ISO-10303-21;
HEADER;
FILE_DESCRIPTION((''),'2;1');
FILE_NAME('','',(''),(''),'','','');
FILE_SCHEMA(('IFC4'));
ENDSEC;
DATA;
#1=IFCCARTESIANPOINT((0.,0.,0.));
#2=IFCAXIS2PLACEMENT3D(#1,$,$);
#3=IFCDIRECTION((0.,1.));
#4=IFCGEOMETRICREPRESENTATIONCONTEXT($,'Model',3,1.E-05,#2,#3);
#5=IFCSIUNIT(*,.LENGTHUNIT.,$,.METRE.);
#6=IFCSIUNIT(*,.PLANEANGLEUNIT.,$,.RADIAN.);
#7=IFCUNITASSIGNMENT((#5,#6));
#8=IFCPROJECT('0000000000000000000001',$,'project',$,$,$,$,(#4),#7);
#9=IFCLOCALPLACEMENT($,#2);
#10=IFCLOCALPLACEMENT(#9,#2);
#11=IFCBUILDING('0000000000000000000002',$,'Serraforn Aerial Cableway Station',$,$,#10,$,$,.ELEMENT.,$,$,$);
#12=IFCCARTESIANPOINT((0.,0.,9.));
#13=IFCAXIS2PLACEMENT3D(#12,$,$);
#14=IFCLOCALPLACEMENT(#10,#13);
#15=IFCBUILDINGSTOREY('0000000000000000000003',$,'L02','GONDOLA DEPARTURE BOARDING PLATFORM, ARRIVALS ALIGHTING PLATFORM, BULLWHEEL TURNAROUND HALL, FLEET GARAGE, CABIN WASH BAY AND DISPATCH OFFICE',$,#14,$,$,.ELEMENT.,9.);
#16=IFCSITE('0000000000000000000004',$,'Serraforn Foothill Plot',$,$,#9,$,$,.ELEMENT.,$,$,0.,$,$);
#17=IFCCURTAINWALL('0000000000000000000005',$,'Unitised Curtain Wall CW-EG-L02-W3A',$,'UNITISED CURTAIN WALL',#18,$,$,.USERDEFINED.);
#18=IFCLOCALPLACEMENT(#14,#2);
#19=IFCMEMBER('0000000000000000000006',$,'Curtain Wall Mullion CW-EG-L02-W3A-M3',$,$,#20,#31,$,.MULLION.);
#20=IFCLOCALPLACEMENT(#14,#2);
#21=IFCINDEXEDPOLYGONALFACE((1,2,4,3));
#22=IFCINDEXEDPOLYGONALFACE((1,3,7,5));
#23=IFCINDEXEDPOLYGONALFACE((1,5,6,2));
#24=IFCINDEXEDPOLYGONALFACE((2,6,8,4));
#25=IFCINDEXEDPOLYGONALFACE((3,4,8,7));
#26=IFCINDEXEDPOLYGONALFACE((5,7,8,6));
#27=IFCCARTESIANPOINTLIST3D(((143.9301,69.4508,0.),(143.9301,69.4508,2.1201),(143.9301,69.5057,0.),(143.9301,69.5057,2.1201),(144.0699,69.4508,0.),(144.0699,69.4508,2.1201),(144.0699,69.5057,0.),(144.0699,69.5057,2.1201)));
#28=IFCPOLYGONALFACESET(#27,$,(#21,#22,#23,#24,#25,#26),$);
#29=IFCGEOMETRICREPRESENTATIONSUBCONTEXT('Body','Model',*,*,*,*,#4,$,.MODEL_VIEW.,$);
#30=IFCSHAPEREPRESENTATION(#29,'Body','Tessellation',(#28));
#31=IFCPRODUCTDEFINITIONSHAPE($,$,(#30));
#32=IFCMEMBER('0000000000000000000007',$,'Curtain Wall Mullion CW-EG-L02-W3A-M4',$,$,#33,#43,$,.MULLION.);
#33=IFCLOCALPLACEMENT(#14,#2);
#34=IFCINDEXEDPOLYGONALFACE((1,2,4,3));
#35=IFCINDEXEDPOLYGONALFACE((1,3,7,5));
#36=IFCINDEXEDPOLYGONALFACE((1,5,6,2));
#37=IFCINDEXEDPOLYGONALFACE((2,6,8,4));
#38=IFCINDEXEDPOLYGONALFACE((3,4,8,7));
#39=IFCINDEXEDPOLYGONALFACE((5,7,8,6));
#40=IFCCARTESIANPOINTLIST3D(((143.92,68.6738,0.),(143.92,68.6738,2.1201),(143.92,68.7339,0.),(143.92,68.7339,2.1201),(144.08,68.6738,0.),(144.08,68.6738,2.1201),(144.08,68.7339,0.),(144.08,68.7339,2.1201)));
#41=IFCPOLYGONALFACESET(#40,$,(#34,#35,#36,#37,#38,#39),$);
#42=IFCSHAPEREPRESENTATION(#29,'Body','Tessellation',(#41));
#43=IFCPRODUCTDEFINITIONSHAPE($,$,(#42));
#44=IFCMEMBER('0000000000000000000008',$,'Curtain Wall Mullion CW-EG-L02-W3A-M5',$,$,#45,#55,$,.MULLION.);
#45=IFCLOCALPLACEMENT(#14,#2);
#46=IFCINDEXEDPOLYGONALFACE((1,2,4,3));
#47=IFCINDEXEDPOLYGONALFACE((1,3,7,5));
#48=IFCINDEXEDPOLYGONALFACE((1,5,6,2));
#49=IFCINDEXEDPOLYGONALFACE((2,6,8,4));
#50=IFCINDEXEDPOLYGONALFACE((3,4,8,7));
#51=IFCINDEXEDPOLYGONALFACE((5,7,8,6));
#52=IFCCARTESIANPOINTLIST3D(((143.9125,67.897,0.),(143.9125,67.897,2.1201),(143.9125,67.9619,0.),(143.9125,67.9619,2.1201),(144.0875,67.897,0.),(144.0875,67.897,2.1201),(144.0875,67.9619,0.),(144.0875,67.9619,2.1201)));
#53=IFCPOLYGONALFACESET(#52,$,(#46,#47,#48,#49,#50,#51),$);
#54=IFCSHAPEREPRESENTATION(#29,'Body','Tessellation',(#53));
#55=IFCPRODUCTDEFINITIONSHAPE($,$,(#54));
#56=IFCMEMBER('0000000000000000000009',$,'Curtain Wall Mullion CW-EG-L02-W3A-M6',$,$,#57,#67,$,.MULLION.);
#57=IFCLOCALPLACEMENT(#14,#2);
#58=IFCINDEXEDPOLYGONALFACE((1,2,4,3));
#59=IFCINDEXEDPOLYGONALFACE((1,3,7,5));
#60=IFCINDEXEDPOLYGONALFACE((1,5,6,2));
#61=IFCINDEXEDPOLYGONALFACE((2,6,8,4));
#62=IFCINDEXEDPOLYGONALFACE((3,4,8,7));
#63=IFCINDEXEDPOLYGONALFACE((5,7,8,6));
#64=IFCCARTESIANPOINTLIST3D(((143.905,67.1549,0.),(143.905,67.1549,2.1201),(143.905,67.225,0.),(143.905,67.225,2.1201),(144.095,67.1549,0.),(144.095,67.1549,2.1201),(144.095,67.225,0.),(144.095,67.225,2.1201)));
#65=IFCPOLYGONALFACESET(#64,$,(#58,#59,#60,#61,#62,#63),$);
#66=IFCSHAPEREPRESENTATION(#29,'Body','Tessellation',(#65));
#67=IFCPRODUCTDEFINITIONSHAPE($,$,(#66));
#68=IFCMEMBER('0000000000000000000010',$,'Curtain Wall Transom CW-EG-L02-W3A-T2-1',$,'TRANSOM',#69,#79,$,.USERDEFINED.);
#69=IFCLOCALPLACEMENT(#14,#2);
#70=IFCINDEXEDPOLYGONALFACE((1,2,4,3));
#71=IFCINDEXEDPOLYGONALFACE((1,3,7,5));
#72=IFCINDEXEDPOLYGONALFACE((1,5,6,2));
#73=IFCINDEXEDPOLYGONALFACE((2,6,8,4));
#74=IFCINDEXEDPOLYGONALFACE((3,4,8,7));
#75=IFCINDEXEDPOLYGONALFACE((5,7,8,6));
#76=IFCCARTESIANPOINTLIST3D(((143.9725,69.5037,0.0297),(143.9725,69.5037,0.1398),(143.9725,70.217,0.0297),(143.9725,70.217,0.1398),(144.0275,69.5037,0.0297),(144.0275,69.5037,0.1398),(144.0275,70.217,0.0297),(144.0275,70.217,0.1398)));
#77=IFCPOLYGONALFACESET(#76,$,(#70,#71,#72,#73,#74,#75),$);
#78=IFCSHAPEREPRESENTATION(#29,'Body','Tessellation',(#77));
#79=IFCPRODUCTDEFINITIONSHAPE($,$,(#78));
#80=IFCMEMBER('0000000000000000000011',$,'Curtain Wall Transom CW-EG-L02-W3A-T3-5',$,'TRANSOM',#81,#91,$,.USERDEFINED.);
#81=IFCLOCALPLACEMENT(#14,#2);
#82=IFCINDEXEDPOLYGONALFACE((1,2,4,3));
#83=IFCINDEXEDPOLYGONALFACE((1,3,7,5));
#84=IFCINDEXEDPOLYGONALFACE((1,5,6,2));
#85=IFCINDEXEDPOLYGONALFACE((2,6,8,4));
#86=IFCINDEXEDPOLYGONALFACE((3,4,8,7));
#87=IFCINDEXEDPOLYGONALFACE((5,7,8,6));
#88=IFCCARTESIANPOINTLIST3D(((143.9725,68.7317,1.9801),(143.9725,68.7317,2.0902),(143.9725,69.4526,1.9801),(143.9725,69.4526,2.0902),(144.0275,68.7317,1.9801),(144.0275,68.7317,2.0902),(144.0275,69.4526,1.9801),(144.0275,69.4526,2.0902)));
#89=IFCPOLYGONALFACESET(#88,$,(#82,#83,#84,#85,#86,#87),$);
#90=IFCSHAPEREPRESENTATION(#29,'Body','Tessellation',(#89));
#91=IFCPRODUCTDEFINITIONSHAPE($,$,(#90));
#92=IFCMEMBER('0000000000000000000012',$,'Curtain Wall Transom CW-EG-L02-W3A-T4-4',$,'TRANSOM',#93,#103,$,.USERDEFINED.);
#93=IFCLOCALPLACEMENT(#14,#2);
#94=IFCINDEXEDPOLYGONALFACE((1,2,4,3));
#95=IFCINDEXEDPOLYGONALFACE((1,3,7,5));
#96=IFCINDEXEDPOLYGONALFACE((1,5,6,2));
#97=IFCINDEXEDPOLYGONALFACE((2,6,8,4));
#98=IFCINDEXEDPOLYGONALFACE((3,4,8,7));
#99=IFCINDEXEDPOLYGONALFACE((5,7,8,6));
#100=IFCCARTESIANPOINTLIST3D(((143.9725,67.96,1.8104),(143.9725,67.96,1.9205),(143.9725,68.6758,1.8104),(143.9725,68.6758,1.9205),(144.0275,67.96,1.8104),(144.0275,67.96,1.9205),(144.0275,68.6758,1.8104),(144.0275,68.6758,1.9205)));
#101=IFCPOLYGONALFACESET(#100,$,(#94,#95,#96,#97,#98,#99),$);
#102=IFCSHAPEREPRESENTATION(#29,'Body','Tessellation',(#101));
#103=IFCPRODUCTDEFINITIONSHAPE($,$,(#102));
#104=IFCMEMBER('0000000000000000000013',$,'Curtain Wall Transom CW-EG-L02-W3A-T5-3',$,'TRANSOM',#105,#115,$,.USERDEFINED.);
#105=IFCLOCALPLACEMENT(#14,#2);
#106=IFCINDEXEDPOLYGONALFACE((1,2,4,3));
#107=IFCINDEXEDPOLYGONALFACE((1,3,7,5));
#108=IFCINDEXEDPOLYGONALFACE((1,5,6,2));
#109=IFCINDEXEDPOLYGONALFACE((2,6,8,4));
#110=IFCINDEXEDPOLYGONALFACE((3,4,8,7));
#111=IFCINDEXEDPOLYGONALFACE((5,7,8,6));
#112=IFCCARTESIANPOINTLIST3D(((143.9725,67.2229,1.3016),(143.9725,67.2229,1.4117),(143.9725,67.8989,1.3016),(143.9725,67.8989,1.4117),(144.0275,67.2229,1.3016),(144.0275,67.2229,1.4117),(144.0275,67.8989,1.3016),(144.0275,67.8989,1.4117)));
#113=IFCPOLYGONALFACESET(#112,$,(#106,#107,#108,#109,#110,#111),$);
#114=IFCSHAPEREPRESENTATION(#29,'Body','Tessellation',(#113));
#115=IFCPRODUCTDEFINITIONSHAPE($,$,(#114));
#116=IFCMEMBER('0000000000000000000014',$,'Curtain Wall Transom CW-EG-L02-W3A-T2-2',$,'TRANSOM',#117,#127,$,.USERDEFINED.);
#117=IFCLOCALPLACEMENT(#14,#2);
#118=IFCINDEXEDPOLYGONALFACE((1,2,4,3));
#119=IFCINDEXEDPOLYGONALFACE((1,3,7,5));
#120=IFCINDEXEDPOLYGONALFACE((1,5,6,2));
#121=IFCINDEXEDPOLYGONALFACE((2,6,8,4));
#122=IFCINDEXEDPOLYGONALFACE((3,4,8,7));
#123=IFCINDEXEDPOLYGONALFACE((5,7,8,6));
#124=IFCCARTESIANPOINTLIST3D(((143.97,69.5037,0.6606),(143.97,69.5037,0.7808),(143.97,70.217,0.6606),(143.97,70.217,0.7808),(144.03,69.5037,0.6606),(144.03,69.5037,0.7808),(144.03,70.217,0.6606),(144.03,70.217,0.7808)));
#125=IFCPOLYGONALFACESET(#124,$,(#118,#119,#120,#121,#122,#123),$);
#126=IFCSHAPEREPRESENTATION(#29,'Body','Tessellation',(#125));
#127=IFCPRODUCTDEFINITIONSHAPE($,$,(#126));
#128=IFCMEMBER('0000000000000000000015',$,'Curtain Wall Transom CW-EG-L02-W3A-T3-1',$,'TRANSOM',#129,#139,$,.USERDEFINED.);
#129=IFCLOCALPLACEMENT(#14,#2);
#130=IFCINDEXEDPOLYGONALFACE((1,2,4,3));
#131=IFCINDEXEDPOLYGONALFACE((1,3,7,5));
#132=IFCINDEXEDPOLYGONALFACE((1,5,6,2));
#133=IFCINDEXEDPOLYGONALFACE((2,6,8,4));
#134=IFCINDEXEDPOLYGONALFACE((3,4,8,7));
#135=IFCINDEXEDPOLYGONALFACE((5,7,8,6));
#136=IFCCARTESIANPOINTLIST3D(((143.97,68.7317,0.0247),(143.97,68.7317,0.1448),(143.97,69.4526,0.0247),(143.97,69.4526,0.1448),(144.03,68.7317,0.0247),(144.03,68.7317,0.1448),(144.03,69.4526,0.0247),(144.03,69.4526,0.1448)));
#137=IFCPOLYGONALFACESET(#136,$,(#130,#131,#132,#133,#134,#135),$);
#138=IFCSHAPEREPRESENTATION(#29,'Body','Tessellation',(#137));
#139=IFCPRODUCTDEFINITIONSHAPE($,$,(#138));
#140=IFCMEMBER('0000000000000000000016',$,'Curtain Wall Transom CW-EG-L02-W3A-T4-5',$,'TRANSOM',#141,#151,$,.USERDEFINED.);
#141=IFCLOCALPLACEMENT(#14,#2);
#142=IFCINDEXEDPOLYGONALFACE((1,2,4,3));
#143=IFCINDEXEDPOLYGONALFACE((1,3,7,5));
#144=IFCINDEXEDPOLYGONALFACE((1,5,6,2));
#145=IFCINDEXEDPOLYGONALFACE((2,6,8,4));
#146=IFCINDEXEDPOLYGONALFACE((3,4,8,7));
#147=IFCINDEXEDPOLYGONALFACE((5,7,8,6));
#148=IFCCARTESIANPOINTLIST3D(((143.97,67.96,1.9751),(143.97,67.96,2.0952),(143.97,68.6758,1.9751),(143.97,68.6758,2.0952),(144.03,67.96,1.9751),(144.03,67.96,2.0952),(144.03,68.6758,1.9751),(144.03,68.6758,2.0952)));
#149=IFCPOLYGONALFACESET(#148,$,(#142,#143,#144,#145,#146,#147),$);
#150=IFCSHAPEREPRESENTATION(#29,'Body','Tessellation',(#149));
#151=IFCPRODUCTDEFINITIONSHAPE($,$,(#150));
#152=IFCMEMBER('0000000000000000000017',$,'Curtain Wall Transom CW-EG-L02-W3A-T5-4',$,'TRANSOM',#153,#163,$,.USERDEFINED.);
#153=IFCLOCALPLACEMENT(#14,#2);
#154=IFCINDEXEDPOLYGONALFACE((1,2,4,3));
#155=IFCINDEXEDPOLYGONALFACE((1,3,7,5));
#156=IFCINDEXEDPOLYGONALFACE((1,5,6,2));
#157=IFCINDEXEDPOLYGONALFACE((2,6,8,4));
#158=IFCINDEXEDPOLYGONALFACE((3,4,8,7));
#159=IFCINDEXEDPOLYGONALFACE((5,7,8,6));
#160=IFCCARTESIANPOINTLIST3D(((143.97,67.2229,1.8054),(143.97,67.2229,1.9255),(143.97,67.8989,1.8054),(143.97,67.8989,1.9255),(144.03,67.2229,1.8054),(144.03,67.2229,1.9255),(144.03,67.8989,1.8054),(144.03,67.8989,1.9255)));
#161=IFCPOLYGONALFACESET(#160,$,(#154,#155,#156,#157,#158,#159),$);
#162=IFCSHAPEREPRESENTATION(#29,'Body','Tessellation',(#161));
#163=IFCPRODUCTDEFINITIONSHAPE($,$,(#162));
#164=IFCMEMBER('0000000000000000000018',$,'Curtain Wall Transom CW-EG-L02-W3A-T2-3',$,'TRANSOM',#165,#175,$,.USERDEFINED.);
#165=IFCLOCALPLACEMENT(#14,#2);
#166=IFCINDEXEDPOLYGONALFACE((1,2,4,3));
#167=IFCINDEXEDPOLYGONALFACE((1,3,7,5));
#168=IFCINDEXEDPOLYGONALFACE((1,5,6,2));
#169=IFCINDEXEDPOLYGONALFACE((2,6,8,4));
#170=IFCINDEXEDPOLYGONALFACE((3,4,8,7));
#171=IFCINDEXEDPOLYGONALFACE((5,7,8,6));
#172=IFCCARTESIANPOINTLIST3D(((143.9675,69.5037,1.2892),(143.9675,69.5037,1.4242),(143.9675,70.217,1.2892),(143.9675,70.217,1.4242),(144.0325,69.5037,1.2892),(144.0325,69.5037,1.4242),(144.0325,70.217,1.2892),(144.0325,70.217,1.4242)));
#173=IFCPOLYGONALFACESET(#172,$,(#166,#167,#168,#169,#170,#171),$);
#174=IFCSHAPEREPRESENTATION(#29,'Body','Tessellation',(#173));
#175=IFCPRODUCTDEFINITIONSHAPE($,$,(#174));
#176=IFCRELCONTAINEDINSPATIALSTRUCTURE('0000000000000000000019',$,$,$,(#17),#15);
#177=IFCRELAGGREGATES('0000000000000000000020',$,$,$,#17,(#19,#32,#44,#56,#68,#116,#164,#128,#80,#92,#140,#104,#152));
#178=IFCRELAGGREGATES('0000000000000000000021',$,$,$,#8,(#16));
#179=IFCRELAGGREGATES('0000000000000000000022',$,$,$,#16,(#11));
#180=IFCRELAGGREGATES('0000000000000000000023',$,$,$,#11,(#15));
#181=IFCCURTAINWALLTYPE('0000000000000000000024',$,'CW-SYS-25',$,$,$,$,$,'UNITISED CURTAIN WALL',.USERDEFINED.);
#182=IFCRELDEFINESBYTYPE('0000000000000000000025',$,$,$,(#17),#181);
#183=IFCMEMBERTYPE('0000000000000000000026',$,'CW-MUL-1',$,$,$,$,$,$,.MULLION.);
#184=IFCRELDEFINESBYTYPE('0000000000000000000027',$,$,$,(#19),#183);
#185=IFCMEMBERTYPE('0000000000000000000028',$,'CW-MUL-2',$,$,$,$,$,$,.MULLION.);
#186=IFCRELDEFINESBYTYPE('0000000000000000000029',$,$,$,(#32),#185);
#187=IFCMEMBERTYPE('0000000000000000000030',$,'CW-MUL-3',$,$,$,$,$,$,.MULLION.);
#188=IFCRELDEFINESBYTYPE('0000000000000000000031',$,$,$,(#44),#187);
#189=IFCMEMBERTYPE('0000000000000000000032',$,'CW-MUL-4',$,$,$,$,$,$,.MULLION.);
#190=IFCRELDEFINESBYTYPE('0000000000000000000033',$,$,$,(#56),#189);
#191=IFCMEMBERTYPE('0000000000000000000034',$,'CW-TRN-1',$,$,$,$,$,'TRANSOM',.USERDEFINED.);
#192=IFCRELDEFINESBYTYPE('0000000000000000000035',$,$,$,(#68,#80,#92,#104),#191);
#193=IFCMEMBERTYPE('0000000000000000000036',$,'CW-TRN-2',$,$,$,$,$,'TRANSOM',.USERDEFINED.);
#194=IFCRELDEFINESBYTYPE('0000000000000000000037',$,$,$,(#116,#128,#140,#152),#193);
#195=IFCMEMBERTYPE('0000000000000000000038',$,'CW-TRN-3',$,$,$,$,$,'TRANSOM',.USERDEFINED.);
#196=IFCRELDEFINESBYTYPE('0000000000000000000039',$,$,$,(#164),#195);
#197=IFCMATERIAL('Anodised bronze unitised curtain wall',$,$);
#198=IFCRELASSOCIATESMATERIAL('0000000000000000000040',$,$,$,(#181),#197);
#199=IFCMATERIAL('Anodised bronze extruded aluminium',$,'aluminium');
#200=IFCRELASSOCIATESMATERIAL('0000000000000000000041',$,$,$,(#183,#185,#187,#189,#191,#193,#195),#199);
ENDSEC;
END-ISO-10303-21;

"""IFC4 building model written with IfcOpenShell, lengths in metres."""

from ifc_helpers import new_model, si_unit, direction, frame, origin, origin_2d, place, context, subcontext, project, spatial, rectangle, extrude, material, material_profile, profile_set, type_object, element, aggregate, save


model = new_model("IFC4")

# Units and contexts
model_context = context("Model", 3, precision=1e-05, world=origin(), true_north=direction((0.0, 1.0)))
body_context = subcontext(model_context, "Body", "Model", "MODEL_VIEW")
ifc_project = project(units=[si_unit("LENGTHUNIT", "METRE"), si_unit("PLANEANGLEUNIT", "RADIAN")], contexts=[model_context])

# Site, building, storey
site_placement = place(None, origin())
site = spatial("IfcSite", under=ifc_project, at=site_placement, Name="Serraforn Foothill Plot", CompositionType="ELEMENT", RefElevation=0.0)
building_placement = place(site_placement, origin())
building = spatial("IfcBuilding", under=site, at=building_placement, Name="Serraforn Aerial Cableway Station", CompositionType="ELEMENT")
storey_placement = place(building_placement, frame((0.0, 0.0, 9.0)))
storey = spatial("IfcBuildingStorey", under=building, at=storey_placement, Name="L02", Description="GONDOLA DEPARTURE BOARDING PLATFORM, ARRIVALS ALIGHTING PLATFORM, BULLWHEEL TURNAROUND HALL, FLEET GARAGE, CABIN WASH BAY AND DISPATCH OFFICE", CompositionType="ELEMENT", Elevation=9.0)

# Curtain wall, members
ifc_material_1 = material(Name="Anodised bronze unitised curtain wall")
curtain_wall_type = type_object("IfcCurtainWallType", Name="CW-SYS-25", ElementType="UNITISED CURTAIN WALL", PredefinedType="USERDEFINED", material=ifc_material_1)
curtain_wall_placement = place(storey_placement, origin())
curtain_wall = element("IfcCurtainWall", 1, at=curtain_wall_placement, inside=storey, type_object=curtain_wall_type, Name="Unitised Curtain Wall CW-EG-L02-W3A", ObjectType="UNITISED CURTAIN WALL", PredefinedType="USERDEFINED")
ifc_material_2 = material(Name="Anodised bronze extruded aluminium", Category="aluminium")
ifc_material_profile_1 = material_profile(ifc_material_2, rectangle(XDim=0.0549, YDim=0.1399, at=origin_2d()), Name="CW MULLION 55x140")
ifc_profile_set_1 = profile_set([ifc_material_profile_1], Name="Anodised bronze extruded aluminium")
member_type_1 = type_object("IfcMemberType", Name="CW-MUL-1", PredefinedType="MULLION", material=ifc_profile_set_1)
member_1_placement = place(storey_placement, frame((144.0, 69.4783, 0.0), z_axis=(0.0, 0.0, 1.0), x_axis=(0.0, -1.0, 0.0)))
member_1 = element("IfcMember", 2, at=member_1_placement, type_object=member_type_1, Name="Curtain Wall Mullion CW-EG-L02-W3A-M3", PredefinedType="MULLION", context=body_context, shape_type="SweptSolid", body=[
    extrude(rectangle(XDim=0.0549, YDim=0.1399, at=origin_2d()), origin(), (0.0, 0.0, 1.0), 2.1201),
])
ifc_material_profile_2 = material_profile(ifc_material_2, rectangle(XDim=0.0601, YDim=0.1599, at=origin_2d()), Name="CW MULLION 60x160")
ifc_profile_set_2 = profile_set([ifc_material_profile_2], Name="Anodised bronze extruded aluminium")
member_type_2 = type_object("IfcMemberType", Name="CW-MUL-2", PredefinedType="MULLION", material=ifc_profile_set_2)
member_2_placement = place(storey_placement, frame((144.0, 68.7039, 0.0), z_axis=(0.0, 0.0, 1.0), x_axis=(0.0, -1.0, 0.0)))
member_2 = element("IfcMember", 3, at=member_2_placement, type_object=member_type_2, Name="Curtain Wall Mullion CW-EG-L02-W3A-M4", PredefinedType="MULLION", context=body_context, shape_type="SweptSolid", body=[
    extrude(rectangle(XDim=0.0601, YDim=0.1599, at=origin_2d()), origin(), (0.0, 0.0, 1.0), 2.1201),
])
ifc_material_profile_3 = material_profile(ifc_material_2, rectangle(XDim=0.0649, YDim=0.175, at=origin_2d()), Name="CW MULLION 65x175")
ifc_profile_set_3 = profile_set([ifc_material_profile_3], Name="Anodised bronze extruded aluminium")
member_type_3 = type_object("IfcMemberType", Name="CW-MUL-3", PredefinedType="MULLION", material=ifc_profile_set_3)
member_3_placement = place(storey_placement, frame((144.0, 67.9294, 0.0), z_axis=(0.0, 0.0, 1.0), x_axis=(0.0, -1.0, 0.0)))
member_3 = element("IfcMember", 4, at=member_3_placement, type_object=member_type_3, Name="Curtain Wall Mullion CW-EG-L02-W3A-M5", PredefinedType="MULLION", context=body_context, shape_type="SweptSolid", body=[
    extrude(rectangle(XDim=0.0649, YDim=0.175, at=origin_2d()), origin(), (0.0, 0.0, 1.0), 2.1201),
])
ifc_material_profile_4 = material_profile(ifc_material_2, rectangle(XDim=0.0701, YDim=0.1899, at=origin_2d()), Name="CW MULLION 70x190")
ifc_profile_set_4 = profile_set([ifc_material_profile_4], Name="Anodised bronze extruded aluminium")
member_type_4 = type_object("IfcMemberType", Name="CW-MUL-4", PredefinedType="MULLION", material=ifc_profile_set_4)
member_4_placement = place(storey_placement, frame((144.0, 67.1899, 0.0), z_axis=(0.0, 0.0, 1.0), x_axis=(0.0, -1.0, 0.0)))
member_4 = element("IfcMember", 5, at=member_4_placement, type_object=member_type_4, Name="Curtain Wall Mullion CW-EG-L02-W3A-M6", PredefinedType="MULLION", context=body_context, shape_type="SweptSolid", body=[
    extrude(rectangle(XDim=0.0701, YDim=0.1899, at=origin_2d()), origin(), (0.0, 0.0, 1.0), 2.1201),
])
ifc_material_profile_5 = material_profile(ifc_material_2, rectangle(XDim=0.0549, YDim=0.1101, at=origin_2d()), Name="CW TRANSOM 55x110")
ifc_profile_set_5 = profile_set([ifc_material_profile_5], Name="Anodised bronze extruded aluminium")
member_type_5 = type_object("IfcMemberType", Name="CW-TRN-1", ElementType="TRANSOM", PredefinedType="USERDEFINED", material=ifc_profile_set_5)
member_5_placement = place(storey_placement, frame((144.0, 70.217, 0.0847), z_axis=(0.0, -1.0, 0.0), x_axis=(1.0, 0.0, 0.0)))
member_5 = element("IfcMember", 6, at=member_5_placement, type_object=member_type_5, Name="Curtain Wall Transom CW-EG-L02-W3A-T2-1", ObjectType="TRANSOM", PredefinedType="USERDEFINED", context=body_context, shape_type="SweptSolid", body=[
    extrude(rectangle(XDim=0.0549, YDim=0.1101, at=origin_2d()), origin(), (0.0, 0.0, 1.0), 0.7134),
])
member_6_placement = place(storey_placement, frame((144.0, 69.4526, 2.0352), z_axis=(0.0, -1.0, 0.0), x_axis=(1.0, 0.0, 0.0)))
member_6 = element("IfcMember", 7, at=member_6_placement, type_object=member_type_5, Name="Curtain Wall Transom CW-EG-L02-W3A-T3-5", ObjectType="TRANSOM", PredefinedType="USERDEFINED", context=body_context, shape_type="SweptSolid", body=[
    extrude(rectangle(XDim=0.0549, YDim=0.1101, at=origin_2d()), origin(), (0.0, 0.0, 1.0), 0.7209),
])
member_7_placement = place(storey_placement, frame((144.0, 68.6758, 1.8655), z_axis=(0.0, -1.0, 0.0), x_axis=(1.0, 0.0, 0.0)))
member_7 = element("IfcMember", 8, at=member_7_placement, type_object=member_type_5, Name="Curtain Wall Transom CW-EG-L02-W3A-T4-4", ObjectType="TRANSOM", PredefinedType="USERDEFINED", context=body_context, shape_type="SweptSolid", body=[
    extrude(rectangle(XDim=0.0549, YDim=0.1101, at=origin_2d()), origin(), (0.0, 0.0, 1.0), 0.7158),
])
member_8_placement = place(storey_placement, frame((144.0, 67.8989, 1.3567), z_axis=(0.0, -1.0, 0.0), x_axis=(1.0, 0.0, 0.0)))
member_8 = element("IfcMember", 9, at=member_8_placement, type_object=member_type_5, Name="Curtain Wall Transom CW-EG-L02-W3A-T5-3", ObjectType="TRANSOM", PredefinedType="USERDEFINED", context=body_context, shape_type="SweptSolid", body=[
    extrude(rectangle(XDim=0.0549, YDim=0.1101, at=origin_2d()), origin(), (0.0, 0.0, 1.0), 0.676),
])
ifc_material_profile_6 = material_profile(ifc_material_2, rectangle(XDim=0.0601, YDim=0.1201, at=origin_2d()), Name="CW TRANSOM 60x120")
ifc_profile_set_6 = profile_set([ifc_material_profile_6], Name="Anodised bronze extruded aluminium")
member_type_6 = type_object("IfcMemberType", Name="CW-TRN-2", ElementType="TRANSOM", PredefinedType="USERDEFINED", material=ifc_profile_set_6)
member_9_placement = place(storey_placement, frame((144.0, 70.217, 0.7207), z_axis=(0.0, -1.0, 0.0), x_axis=(1.0, 0.0, 0.0)))
member_9 = element("IfcMember", 10, at=member_9_placement, type_object=member_type_6, Name="Curtain Wall Transom CW-EG-L02-W3A-T2-2", ObjectType="TRANSOM", PredefinedType="USERDEFINED", context=body_context, shape_type="SweptSolid", body=[
    extrude(rectangle(XDim=0.0601, YDim=0.1201, at=origin_2d()), origin(), (0.0, 0.0, 1.0), 0.7134),
])
member_10_placement = place(storey_placement, frame((144.0, 69.4526, 0.0847), z_axis=(0.0, -1.0, 0.0), x_axis=(1.0, 0.0, 0.0)))
member_10 = element("IfcMember", 11, at=member_10_placement, type_object=member_type_6, Name="Curtain Wall Transom CW-EG-L02-W3A-T3-1", ObjectType="TRANSOM", PredefinedType="USERDEFINED", context=body_context, shape_type="SweptSolid", body=[
    extrude(rectangle(XDim=0.0601, YDim=0.1201, at=origin_2d()), origin(), (0.0, 0.0, 1.0), 0.7209),
])
member_11_placement = place(storey_placement, frame((144.0, 68.6758, 2.0352), z_axis=(0.0, -1.0, 0.0), x_axis=(1.0, 0.0, 0.0)))
member_11 = element("IfcMember", 12, at=member_11_placement, type_object=member_type_6, Name="Curtain Wall Transom CW-EG-L02-W3A-T4-5", ObjectType="TRANSOM", PredefinedType="USERDEFINED", context=body_context, shape_type="SweptSolid", body=[
    extrude(rectangle(XDim=0.0601, YDim=0.1201, at=origin_2d()), origin(), (0.0, 0.0, 1.0), 0.7158),
])
member_12_placement = place(storey_placement, frame((144.0, 67.8989, 1.8655), z_axis=(0.0, -1.0, 0.0), x_axis=(1.0, 0.0, 0.0)))
member_12 = element("IfcMember", 13, at=member_12_placement, type_object=member_type_6, Name="Curtain Wall Transom CW-EG-L02-W3A-T5-4", ObjectType="TRANSOM", PredefinedType="USERDEFINED", context=body_context, shape_type="SweptSolid", body=[
    extrude(rectangle(XDim=0.0601, YDim=0.1201, at=origin_2d()), origin(), (0.0, 0.0, 1.0), 0.676),
])
ifc_material_profile_7 = material_profile(ifc_material_2, rectangle(XDim=0.0649, YDim=0.135, at=origin_2d()), Name="CW TRANSOM 65x135")
ifc_profile_set_7 = profile_set([ifc_material_profile_7], Name="Anodised bronze extruded aluminium")
member_type_7 = type_object("IfcMemberType", Name="CW-TRN-3", ElementType="TRANSOM", PredefinedType="USERDEFINED", material=ifc_profile_set_7)
member_13_placement = place(storey_placement, frame((144.0, 70.217, 1.3567), z_axis=(0.0, -1.0, 0.0), x_axis=(1.0, 0.0, 0.0)))
member_13 = element("IfcMember", 14, at=member_13_placement, type_object=member_type_7, Name="Curtain Wall Transom CW-EG-L02-W3A-T2-3", ObjectType="TRANSOM", PredefinedType="USERDEFINED", context=body_context, shape_type="SweptSolid", body=[
    extrude(rectangle(XDim=0.0649, YDim=0.135, at=origin_2d()), origin(), (0.0, 0.0, 1.0), 0.7134),
])

aggregate(curtain_wall, [member_1, member_2, member_3, member_4, member_5, member_9, member_13, member_10, member_6, member_7, member_11, member_8, member_12])

save(model, "model.ifc")
